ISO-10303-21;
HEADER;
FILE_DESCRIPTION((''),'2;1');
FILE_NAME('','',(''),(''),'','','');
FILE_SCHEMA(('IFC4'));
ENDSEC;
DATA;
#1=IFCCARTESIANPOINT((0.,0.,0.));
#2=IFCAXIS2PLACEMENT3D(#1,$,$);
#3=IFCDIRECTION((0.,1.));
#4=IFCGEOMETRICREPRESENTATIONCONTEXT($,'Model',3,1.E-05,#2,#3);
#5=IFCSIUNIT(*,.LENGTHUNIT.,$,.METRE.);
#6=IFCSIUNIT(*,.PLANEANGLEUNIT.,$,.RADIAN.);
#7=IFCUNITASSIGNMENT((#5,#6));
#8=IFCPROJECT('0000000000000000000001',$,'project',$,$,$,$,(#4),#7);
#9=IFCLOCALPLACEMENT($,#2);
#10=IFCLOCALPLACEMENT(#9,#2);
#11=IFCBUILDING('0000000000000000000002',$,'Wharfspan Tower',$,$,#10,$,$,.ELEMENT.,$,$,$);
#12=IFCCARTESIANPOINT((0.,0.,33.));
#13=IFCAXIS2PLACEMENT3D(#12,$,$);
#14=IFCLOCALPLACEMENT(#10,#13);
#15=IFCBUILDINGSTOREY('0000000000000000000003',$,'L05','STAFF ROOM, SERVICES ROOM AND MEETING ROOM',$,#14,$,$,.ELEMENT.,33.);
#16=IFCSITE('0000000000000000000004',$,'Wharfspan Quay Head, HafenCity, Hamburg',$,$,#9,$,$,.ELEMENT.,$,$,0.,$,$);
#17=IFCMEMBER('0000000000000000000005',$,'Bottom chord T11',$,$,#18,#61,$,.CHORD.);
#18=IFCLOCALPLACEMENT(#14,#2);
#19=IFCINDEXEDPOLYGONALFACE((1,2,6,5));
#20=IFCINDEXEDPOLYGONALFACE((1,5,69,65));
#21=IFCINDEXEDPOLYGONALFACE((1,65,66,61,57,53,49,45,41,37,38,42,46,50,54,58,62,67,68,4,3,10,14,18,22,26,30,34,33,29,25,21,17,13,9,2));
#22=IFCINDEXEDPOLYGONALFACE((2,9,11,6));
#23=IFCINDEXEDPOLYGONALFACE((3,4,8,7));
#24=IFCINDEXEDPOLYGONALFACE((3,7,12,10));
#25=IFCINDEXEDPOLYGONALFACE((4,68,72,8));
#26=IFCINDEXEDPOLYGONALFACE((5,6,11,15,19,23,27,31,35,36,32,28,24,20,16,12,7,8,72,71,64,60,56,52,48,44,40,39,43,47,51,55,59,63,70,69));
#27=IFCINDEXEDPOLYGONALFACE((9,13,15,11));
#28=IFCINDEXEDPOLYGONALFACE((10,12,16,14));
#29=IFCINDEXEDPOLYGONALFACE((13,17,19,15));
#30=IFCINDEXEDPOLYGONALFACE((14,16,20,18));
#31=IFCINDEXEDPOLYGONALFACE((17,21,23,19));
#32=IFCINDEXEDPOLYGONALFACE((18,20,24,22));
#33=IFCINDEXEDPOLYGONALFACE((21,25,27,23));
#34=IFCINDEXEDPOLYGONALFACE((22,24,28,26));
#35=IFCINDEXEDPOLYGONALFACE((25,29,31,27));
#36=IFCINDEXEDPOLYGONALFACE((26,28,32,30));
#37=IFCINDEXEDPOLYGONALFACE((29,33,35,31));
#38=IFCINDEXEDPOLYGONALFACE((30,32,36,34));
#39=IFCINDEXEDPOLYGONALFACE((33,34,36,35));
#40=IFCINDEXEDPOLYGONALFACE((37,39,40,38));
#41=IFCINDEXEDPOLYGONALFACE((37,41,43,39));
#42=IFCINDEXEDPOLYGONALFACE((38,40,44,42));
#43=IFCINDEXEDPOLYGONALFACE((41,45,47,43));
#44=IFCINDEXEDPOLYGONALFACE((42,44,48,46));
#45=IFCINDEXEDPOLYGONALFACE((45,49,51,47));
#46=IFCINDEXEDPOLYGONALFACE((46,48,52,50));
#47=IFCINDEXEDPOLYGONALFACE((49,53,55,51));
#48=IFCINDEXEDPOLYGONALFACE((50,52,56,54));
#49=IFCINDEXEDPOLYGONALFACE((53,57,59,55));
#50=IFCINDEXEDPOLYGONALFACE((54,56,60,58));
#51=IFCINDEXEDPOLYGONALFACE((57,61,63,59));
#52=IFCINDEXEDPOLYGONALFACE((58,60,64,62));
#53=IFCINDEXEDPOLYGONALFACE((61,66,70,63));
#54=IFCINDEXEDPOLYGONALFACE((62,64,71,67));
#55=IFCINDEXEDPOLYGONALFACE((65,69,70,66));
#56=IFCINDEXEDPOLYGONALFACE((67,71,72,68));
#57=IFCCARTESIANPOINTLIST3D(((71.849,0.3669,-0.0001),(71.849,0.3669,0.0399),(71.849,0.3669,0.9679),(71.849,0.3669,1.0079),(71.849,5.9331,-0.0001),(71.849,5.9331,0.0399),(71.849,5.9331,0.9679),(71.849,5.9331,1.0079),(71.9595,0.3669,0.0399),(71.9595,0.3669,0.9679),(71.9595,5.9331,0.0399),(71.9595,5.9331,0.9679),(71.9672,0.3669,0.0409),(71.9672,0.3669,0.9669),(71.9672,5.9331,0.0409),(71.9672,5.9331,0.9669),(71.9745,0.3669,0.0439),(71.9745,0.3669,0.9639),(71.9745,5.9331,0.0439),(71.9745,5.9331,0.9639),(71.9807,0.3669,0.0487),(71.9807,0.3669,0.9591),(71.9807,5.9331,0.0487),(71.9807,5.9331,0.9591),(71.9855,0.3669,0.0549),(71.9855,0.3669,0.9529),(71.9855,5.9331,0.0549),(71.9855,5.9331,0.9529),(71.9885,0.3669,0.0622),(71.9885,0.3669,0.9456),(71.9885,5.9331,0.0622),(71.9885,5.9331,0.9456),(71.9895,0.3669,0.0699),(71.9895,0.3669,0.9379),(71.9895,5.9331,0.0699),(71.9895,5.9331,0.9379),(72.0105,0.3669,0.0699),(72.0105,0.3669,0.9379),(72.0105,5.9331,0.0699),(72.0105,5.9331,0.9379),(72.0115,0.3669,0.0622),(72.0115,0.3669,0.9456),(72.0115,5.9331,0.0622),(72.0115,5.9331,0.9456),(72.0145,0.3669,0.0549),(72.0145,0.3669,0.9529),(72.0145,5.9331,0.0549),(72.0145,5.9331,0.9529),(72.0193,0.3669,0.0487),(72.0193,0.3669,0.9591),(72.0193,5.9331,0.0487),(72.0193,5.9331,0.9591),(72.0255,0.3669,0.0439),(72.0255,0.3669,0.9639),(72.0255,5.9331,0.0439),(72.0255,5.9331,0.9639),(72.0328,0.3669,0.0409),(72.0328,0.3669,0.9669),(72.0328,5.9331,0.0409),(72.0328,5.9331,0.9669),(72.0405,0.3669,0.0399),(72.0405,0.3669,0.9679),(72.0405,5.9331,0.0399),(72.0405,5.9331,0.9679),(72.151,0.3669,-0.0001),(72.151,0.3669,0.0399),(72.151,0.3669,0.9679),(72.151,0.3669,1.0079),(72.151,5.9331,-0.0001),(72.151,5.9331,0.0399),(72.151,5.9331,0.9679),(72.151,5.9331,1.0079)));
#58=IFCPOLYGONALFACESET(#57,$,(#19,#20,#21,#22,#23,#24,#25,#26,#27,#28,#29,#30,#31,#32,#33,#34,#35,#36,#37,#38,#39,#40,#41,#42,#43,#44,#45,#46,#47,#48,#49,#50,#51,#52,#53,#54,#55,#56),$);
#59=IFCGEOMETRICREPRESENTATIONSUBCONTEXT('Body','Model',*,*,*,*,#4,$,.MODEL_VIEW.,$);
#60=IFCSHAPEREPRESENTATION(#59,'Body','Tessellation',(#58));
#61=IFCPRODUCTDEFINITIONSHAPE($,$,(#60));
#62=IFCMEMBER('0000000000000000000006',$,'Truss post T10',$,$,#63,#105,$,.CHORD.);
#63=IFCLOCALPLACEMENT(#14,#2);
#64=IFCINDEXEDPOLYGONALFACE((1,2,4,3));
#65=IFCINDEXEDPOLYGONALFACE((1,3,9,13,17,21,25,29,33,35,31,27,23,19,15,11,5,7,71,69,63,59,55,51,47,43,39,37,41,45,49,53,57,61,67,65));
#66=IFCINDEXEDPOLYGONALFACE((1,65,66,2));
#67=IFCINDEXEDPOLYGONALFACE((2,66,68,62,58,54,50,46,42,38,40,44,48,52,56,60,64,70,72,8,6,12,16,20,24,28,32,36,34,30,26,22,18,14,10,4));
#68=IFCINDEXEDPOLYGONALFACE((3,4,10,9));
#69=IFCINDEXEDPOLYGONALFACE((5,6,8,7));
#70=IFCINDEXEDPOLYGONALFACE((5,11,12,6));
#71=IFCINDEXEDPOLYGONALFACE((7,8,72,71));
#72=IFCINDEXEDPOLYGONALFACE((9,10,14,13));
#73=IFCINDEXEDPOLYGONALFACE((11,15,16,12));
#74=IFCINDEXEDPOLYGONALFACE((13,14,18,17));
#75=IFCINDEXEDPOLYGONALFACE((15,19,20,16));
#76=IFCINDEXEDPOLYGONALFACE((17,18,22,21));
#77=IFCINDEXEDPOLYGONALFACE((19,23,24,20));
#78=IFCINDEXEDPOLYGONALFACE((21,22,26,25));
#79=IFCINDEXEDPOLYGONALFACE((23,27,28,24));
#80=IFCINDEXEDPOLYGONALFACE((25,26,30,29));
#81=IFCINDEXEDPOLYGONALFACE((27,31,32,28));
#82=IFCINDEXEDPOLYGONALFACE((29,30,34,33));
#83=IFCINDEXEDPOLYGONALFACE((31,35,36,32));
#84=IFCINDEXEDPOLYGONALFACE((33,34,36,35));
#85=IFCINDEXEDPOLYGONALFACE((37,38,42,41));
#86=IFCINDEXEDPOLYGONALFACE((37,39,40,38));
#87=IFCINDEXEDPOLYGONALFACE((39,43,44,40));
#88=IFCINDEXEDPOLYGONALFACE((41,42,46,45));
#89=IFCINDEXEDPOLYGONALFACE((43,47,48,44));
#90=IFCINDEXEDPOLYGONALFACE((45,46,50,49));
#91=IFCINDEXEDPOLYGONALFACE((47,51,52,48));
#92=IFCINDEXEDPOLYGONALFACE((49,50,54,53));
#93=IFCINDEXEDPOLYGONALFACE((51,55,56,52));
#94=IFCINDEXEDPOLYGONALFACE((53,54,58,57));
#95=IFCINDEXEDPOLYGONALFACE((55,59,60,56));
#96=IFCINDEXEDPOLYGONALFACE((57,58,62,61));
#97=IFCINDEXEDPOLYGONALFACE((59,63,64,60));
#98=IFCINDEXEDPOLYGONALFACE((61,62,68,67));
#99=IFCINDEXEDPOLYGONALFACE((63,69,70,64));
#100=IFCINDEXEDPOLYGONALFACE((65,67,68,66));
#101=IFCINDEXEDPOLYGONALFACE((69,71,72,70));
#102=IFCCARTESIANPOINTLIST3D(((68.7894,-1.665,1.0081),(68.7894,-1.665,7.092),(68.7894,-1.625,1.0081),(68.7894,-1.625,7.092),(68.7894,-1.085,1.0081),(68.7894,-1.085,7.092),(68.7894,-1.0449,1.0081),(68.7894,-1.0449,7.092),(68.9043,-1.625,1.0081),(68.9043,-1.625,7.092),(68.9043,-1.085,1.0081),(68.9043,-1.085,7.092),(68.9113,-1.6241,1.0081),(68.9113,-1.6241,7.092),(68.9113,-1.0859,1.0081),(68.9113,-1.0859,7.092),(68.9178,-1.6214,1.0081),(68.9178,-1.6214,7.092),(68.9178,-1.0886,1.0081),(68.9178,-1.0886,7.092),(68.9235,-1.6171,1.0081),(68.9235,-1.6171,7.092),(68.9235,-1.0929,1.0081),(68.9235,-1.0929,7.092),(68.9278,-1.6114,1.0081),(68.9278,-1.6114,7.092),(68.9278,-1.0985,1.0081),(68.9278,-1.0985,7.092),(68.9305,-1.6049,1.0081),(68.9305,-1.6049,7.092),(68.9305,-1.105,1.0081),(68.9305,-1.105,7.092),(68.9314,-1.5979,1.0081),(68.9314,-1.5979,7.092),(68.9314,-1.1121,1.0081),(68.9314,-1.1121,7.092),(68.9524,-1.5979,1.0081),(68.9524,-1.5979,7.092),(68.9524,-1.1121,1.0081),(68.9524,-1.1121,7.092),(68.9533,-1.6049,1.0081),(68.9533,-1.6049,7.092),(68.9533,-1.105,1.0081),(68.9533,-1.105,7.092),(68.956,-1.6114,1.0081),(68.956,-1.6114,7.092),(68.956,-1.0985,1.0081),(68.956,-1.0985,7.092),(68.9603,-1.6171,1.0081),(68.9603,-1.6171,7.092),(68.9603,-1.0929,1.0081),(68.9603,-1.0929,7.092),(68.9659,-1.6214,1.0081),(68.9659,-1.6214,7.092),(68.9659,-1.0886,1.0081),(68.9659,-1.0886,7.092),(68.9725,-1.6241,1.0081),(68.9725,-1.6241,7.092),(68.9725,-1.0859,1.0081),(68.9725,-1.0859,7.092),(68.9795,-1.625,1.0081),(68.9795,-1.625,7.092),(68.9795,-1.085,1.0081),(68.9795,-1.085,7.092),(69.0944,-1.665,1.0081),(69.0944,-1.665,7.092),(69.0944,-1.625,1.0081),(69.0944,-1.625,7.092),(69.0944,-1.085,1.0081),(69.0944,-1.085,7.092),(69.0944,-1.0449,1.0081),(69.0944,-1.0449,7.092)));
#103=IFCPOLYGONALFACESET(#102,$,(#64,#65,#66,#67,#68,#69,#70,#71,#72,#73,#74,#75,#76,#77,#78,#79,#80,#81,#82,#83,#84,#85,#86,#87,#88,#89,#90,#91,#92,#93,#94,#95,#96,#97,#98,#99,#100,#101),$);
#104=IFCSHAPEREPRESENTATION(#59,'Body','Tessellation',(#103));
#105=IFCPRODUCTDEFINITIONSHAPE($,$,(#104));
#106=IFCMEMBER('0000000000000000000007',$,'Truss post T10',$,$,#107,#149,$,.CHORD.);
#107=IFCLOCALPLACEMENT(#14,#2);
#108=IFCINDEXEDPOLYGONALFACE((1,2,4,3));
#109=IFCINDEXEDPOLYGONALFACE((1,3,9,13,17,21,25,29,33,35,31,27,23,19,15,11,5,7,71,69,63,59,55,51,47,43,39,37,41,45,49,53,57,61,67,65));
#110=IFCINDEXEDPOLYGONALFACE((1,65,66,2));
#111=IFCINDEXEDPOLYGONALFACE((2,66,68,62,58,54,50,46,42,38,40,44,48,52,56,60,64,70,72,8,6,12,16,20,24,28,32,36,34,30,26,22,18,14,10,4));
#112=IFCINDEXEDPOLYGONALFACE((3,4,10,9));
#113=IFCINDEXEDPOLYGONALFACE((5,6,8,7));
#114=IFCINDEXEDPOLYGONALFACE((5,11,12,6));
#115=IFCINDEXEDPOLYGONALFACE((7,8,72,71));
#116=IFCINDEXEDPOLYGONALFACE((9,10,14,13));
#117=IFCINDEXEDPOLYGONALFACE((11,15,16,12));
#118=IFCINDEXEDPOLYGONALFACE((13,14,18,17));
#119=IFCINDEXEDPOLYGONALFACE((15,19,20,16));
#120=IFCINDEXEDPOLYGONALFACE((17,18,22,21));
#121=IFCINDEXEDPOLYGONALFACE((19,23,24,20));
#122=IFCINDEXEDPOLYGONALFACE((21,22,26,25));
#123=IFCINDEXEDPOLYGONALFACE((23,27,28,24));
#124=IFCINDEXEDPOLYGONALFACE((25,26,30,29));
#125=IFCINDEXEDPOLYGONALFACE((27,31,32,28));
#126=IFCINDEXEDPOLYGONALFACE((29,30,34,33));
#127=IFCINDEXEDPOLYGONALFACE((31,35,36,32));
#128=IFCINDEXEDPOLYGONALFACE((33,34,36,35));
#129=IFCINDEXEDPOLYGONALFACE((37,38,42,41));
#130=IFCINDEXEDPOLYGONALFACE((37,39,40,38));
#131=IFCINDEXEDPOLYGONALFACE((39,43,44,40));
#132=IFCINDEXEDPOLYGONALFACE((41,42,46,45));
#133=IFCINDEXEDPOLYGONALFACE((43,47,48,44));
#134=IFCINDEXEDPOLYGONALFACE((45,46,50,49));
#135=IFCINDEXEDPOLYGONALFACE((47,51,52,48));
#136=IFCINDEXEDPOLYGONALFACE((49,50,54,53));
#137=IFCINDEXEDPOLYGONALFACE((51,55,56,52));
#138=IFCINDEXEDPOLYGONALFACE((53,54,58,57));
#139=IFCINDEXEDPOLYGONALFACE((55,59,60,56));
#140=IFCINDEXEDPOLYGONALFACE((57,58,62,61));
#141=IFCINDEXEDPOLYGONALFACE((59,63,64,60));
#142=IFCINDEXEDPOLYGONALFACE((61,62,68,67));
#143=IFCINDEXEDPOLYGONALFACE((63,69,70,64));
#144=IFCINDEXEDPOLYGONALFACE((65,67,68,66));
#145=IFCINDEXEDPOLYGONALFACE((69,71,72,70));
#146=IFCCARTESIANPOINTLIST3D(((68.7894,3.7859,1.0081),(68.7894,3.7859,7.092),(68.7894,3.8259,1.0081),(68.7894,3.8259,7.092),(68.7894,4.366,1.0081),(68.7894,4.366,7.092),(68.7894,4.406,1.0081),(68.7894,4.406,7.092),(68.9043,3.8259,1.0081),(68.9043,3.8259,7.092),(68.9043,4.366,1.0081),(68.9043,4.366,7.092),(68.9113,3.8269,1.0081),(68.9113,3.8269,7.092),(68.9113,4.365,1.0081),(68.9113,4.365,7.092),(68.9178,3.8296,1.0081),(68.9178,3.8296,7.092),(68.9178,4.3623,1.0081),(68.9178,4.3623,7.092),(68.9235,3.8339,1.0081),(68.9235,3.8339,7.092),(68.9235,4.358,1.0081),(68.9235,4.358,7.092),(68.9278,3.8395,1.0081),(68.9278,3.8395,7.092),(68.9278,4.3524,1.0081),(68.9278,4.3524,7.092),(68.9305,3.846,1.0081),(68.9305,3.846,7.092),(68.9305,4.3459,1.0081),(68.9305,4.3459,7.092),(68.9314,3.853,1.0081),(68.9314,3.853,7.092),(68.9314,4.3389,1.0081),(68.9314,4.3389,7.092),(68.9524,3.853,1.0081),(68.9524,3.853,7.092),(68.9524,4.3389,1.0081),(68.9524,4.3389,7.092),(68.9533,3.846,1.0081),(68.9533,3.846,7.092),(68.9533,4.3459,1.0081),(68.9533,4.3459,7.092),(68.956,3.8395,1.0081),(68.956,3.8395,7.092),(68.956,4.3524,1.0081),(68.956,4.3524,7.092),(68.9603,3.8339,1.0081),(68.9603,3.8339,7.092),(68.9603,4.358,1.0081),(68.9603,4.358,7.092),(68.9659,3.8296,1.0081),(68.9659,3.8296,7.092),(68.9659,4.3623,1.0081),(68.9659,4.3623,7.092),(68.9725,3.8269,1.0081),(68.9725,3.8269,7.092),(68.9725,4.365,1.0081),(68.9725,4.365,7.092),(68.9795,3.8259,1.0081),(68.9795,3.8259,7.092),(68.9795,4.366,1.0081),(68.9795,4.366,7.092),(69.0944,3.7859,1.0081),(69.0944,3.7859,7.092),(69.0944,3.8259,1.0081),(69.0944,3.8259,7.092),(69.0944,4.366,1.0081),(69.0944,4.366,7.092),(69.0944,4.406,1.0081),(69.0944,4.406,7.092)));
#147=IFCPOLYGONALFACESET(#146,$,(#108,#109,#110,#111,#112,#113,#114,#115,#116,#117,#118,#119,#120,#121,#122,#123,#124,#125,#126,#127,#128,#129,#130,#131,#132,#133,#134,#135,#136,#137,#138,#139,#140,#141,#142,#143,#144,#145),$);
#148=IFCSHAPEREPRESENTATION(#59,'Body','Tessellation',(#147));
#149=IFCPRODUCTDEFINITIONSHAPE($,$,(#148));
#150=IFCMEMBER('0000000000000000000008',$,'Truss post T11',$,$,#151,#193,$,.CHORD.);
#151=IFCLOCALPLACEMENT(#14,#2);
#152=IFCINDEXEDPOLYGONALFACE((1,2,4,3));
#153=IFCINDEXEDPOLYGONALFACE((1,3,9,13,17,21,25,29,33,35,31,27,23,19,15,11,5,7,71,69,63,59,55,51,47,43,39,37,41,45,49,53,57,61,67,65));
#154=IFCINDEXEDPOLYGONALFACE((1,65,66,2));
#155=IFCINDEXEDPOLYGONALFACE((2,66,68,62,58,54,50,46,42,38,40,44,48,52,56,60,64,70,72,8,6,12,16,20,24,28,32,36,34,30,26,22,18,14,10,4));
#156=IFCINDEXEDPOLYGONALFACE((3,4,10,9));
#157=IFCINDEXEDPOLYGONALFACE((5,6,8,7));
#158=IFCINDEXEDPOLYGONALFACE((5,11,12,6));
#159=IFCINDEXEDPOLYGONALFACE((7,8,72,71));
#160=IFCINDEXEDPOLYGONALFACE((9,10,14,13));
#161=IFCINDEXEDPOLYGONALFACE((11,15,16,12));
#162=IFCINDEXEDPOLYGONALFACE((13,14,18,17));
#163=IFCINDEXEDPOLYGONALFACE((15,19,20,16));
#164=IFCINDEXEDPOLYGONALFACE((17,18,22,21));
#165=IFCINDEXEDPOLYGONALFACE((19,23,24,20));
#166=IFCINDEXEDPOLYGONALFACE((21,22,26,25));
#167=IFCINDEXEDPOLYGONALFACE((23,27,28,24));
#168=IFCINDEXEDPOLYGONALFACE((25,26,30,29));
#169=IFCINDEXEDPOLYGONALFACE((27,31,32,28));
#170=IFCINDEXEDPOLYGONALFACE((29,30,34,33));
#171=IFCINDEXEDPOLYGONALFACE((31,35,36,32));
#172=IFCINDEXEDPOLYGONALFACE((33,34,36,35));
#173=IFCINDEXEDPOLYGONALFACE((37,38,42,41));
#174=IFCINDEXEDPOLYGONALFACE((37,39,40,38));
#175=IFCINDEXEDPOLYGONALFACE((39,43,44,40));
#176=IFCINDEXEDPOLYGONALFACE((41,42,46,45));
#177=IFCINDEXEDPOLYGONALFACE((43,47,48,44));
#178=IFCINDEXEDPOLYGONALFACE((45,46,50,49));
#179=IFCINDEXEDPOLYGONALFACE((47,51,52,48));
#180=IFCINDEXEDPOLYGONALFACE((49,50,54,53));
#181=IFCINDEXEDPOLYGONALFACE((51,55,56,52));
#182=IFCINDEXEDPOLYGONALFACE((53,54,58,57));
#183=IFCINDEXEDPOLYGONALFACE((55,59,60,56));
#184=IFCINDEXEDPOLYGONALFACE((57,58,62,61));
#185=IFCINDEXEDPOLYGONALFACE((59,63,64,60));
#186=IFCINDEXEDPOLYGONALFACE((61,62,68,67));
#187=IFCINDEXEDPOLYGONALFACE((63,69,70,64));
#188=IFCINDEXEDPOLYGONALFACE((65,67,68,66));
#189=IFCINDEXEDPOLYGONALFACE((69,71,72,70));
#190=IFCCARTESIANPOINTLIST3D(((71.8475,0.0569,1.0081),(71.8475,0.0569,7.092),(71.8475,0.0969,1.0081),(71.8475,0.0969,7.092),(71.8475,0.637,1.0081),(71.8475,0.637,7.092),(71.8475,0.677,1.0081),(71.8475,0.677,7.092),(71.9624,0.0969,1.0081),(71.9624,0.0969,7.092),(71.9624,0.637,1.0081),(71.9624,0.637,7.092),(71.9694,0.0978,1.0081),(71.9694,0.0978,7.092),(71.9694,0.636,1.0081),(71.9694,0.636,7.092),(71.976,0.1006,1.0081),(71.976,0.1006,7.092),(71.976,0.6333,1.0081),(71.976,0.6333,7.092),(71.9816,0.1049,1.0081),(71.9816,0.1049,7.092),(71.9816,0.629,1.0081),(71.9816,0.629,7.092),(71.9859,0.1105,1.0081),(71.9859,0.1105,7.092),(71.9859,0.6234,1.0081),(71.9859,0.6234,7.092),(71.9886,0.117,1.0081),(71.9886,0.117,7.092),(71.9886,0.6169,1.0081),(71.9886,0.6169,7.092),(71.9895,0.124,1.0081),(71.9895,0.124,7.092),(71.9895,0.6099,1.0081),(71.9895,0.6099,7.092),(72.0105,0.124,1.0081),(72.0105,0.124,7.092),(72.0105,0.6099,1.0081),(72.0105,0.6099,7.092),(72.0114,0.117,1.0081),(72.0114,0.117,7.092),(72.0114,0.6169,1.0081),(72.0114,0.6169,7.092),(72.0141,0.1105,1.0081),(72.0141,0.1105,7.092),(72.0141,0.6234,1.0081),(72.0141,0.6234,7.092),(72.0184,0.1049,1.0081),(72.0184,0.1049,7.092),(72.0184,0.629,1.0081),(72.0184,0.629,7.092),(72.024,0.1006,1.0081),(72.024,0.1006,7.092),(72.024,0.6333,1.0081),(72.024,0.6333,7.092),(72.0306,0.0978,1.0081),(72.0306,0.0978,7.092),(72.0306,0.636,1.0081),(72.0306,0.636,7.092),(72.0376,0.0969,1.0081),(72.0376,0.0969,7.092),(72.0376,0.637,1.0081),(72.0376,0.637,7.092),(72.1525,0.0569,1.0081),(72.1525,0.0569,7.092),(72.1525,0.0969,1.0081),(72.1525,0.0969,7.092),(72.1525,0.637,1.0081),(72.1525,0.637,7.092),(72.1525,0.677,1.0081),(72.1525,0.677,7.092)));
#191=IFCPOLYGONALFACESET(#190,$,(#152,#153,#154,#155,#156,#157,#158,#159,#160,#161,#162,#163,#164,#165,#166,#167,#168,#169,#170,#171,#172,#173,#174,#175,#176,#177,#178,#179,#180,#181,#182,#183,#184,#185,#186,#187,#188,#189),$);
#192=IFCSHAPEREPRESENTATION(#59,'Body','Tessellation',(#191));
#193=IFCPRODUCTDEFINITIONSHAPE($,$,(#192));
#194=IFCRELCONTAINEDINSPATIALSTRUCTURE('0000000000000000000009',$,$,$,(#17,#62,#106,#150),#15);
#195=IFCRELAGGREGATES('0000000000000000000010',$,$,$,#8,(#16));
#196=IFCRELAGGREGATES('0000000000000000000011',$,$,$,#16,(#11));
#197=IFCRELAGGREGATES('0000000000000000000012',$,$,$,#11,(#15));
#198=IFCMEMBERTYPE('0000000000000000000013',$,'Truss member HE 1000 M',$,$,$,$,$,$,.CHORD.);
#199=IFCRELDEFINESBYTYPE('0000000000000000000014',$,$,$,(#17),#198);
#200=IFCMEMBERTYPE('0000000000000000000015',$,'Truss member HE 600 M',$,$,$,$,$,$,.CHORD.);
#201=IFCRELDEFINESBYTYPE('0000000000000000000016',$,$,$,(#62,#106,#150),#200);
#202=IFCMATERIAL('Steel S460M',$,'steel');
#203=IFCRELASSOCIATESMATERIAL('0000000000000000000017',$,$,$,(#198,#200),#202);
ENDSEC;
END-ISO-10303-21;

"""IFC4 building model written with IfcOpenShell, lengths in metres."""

from ifc_helpers import new_model, si_unit, direction, frame, origin, origin_2d, place, context, subcontext, project, spatial, i_section, extrude, material, material_profile, profile_set, type_object, element, save


model = new_model("IFC4")

# Units and contexts
model_context = context("Model", 3, precision=1e-05, world=origin(), true_north=direction((0.0, 1.0)))
body_context = subcontext(model_context, "Body", "Model", "MODEL_VIEW")
ifc_project = project(units=[si_unit("LENGTHUNIT", "METRE"), si_unit("PLANEANGLEUNIT", "RADIAN")], contexts=[model_context])

# Site, building, storey
site_placement = place(None, origin())
site = spatial("IfcSite", under=ifc_project, at=site_placement, Name="Wharfspan Quay Head, HafenCity, Hamburg", CompositionType="ELEMENT", RefElevation=0.0)
building_placement = place(site_placement, origin())
building = spatial("IfcBuilding", under=site, at=building_placement, Name="Wharfspan Tower", CompositionType="ELEMENT")
storey_placement = place(building_placement, frame((0.0, 0.0, 33.0)))
storey = spatial("IfcBuildingStorey", under=building, at=storey_placement, Name="L05", Description="STAFF ROOM, SERVICES ROOM AND MEETING ROOM", CompositionType="ELEMENT", Elevation=33.0)

# Shared definitions
ifc_material_1 = material(Name="Steel S460M", Category="steel")

# Members
ifc_material_profile_1 = material_profile(ifc_material_1, i_section(OverallWidth=0.302, OverallDepth=1.0081, WebThickness=0.021, FlangeThickness=0.04, FilletRadius=0.03, at=origin_2d()))
ifc_profile_set_1 = profile_set([ifc_material_profile_1], Name="Steel S460M")
member_type_1 = type_object("IfcMemberType", Name="Truss member HE 1000 M", PredefinedType="CHORD", material=ifc_profile_set_1)
for number, where, z_axis, x_axis, name in (
    (1, (72.0, 0.3669, 0.5039), (0.0, 1.0, 0.0), (-1.0, 0.0, 0.0), "Bottom chord T11"),
):
    element("IfcMember", number, at=place(storey_placement, frame(where, z_axis=z_axis, x_axis=x_axis)), inside=storey, type_object=member_type_1, Name=name, PredefinedType="CHORD", context=body_context, shape_type="SweptSolid", body=[
        extrude(i_section(OverallWidth=0.302, OverallDepth=1.0081, WebThickness=0.021, FlangeThickness=0.04, FilletRadius=0.03, at=origin_2d()), origin(), (0.0, 0.0, 1.0), 5.5662),
    ])
ifc_material_profile_2 = material_profile(ifc_material_1, i_section(OverallWidth=0.3049, OverallDepth=0.6201, WebThickness=0.021, FlangeThickness=0.04, FilletRadius=0.0271, at=origin_2d()))
ifc_profile_set_2 = profile_set([ifc_material_profile_2], Name="Steel S460M")
member_type_2 = type_object("IfcMemberType", Name="Truss member HE 600 M", PredefinedType="CHORD", material=ifc_profile_set_2)
for number, where, z_axis, x_axis, name in (
    (2, (68.9419, -1.355, 1.0081), (0.0, 0.0, 1.0), (1.0, 0.0, 0.0), "Truss post T10"),
    (3, (68.9419, 4.0959, 1.0081), (0.0, 0.0, 1.0), (1.0, 0.0, 0.0), "Truss post T10"),
    (4, (72.0, 0.3669, 1.0081), (0.0, 0.0, 1.0), (1.0, 0.0, 0.0), "Truss post T11"),
):
    element("IfcMember", number, at=place(storey_placement, frame(where, z_axis=z_axis, x_axis=x_axis)), inside=storey, type_object=member_type_2, Name=name, PredefinedType="CHORD", context=body_context, shape_type="SweptSolid", body=[
        extrude(i_section(OverallWidth=0.3049, OverallDepth=0.6201, WebThickness=0.021, FlangeThickness=0.04, FilletRadius=0.0271, at=origin_2d()), origin(), (0.0, 0.0, 1.0), 6.084),
    ])

save(model, "model.ifc")
